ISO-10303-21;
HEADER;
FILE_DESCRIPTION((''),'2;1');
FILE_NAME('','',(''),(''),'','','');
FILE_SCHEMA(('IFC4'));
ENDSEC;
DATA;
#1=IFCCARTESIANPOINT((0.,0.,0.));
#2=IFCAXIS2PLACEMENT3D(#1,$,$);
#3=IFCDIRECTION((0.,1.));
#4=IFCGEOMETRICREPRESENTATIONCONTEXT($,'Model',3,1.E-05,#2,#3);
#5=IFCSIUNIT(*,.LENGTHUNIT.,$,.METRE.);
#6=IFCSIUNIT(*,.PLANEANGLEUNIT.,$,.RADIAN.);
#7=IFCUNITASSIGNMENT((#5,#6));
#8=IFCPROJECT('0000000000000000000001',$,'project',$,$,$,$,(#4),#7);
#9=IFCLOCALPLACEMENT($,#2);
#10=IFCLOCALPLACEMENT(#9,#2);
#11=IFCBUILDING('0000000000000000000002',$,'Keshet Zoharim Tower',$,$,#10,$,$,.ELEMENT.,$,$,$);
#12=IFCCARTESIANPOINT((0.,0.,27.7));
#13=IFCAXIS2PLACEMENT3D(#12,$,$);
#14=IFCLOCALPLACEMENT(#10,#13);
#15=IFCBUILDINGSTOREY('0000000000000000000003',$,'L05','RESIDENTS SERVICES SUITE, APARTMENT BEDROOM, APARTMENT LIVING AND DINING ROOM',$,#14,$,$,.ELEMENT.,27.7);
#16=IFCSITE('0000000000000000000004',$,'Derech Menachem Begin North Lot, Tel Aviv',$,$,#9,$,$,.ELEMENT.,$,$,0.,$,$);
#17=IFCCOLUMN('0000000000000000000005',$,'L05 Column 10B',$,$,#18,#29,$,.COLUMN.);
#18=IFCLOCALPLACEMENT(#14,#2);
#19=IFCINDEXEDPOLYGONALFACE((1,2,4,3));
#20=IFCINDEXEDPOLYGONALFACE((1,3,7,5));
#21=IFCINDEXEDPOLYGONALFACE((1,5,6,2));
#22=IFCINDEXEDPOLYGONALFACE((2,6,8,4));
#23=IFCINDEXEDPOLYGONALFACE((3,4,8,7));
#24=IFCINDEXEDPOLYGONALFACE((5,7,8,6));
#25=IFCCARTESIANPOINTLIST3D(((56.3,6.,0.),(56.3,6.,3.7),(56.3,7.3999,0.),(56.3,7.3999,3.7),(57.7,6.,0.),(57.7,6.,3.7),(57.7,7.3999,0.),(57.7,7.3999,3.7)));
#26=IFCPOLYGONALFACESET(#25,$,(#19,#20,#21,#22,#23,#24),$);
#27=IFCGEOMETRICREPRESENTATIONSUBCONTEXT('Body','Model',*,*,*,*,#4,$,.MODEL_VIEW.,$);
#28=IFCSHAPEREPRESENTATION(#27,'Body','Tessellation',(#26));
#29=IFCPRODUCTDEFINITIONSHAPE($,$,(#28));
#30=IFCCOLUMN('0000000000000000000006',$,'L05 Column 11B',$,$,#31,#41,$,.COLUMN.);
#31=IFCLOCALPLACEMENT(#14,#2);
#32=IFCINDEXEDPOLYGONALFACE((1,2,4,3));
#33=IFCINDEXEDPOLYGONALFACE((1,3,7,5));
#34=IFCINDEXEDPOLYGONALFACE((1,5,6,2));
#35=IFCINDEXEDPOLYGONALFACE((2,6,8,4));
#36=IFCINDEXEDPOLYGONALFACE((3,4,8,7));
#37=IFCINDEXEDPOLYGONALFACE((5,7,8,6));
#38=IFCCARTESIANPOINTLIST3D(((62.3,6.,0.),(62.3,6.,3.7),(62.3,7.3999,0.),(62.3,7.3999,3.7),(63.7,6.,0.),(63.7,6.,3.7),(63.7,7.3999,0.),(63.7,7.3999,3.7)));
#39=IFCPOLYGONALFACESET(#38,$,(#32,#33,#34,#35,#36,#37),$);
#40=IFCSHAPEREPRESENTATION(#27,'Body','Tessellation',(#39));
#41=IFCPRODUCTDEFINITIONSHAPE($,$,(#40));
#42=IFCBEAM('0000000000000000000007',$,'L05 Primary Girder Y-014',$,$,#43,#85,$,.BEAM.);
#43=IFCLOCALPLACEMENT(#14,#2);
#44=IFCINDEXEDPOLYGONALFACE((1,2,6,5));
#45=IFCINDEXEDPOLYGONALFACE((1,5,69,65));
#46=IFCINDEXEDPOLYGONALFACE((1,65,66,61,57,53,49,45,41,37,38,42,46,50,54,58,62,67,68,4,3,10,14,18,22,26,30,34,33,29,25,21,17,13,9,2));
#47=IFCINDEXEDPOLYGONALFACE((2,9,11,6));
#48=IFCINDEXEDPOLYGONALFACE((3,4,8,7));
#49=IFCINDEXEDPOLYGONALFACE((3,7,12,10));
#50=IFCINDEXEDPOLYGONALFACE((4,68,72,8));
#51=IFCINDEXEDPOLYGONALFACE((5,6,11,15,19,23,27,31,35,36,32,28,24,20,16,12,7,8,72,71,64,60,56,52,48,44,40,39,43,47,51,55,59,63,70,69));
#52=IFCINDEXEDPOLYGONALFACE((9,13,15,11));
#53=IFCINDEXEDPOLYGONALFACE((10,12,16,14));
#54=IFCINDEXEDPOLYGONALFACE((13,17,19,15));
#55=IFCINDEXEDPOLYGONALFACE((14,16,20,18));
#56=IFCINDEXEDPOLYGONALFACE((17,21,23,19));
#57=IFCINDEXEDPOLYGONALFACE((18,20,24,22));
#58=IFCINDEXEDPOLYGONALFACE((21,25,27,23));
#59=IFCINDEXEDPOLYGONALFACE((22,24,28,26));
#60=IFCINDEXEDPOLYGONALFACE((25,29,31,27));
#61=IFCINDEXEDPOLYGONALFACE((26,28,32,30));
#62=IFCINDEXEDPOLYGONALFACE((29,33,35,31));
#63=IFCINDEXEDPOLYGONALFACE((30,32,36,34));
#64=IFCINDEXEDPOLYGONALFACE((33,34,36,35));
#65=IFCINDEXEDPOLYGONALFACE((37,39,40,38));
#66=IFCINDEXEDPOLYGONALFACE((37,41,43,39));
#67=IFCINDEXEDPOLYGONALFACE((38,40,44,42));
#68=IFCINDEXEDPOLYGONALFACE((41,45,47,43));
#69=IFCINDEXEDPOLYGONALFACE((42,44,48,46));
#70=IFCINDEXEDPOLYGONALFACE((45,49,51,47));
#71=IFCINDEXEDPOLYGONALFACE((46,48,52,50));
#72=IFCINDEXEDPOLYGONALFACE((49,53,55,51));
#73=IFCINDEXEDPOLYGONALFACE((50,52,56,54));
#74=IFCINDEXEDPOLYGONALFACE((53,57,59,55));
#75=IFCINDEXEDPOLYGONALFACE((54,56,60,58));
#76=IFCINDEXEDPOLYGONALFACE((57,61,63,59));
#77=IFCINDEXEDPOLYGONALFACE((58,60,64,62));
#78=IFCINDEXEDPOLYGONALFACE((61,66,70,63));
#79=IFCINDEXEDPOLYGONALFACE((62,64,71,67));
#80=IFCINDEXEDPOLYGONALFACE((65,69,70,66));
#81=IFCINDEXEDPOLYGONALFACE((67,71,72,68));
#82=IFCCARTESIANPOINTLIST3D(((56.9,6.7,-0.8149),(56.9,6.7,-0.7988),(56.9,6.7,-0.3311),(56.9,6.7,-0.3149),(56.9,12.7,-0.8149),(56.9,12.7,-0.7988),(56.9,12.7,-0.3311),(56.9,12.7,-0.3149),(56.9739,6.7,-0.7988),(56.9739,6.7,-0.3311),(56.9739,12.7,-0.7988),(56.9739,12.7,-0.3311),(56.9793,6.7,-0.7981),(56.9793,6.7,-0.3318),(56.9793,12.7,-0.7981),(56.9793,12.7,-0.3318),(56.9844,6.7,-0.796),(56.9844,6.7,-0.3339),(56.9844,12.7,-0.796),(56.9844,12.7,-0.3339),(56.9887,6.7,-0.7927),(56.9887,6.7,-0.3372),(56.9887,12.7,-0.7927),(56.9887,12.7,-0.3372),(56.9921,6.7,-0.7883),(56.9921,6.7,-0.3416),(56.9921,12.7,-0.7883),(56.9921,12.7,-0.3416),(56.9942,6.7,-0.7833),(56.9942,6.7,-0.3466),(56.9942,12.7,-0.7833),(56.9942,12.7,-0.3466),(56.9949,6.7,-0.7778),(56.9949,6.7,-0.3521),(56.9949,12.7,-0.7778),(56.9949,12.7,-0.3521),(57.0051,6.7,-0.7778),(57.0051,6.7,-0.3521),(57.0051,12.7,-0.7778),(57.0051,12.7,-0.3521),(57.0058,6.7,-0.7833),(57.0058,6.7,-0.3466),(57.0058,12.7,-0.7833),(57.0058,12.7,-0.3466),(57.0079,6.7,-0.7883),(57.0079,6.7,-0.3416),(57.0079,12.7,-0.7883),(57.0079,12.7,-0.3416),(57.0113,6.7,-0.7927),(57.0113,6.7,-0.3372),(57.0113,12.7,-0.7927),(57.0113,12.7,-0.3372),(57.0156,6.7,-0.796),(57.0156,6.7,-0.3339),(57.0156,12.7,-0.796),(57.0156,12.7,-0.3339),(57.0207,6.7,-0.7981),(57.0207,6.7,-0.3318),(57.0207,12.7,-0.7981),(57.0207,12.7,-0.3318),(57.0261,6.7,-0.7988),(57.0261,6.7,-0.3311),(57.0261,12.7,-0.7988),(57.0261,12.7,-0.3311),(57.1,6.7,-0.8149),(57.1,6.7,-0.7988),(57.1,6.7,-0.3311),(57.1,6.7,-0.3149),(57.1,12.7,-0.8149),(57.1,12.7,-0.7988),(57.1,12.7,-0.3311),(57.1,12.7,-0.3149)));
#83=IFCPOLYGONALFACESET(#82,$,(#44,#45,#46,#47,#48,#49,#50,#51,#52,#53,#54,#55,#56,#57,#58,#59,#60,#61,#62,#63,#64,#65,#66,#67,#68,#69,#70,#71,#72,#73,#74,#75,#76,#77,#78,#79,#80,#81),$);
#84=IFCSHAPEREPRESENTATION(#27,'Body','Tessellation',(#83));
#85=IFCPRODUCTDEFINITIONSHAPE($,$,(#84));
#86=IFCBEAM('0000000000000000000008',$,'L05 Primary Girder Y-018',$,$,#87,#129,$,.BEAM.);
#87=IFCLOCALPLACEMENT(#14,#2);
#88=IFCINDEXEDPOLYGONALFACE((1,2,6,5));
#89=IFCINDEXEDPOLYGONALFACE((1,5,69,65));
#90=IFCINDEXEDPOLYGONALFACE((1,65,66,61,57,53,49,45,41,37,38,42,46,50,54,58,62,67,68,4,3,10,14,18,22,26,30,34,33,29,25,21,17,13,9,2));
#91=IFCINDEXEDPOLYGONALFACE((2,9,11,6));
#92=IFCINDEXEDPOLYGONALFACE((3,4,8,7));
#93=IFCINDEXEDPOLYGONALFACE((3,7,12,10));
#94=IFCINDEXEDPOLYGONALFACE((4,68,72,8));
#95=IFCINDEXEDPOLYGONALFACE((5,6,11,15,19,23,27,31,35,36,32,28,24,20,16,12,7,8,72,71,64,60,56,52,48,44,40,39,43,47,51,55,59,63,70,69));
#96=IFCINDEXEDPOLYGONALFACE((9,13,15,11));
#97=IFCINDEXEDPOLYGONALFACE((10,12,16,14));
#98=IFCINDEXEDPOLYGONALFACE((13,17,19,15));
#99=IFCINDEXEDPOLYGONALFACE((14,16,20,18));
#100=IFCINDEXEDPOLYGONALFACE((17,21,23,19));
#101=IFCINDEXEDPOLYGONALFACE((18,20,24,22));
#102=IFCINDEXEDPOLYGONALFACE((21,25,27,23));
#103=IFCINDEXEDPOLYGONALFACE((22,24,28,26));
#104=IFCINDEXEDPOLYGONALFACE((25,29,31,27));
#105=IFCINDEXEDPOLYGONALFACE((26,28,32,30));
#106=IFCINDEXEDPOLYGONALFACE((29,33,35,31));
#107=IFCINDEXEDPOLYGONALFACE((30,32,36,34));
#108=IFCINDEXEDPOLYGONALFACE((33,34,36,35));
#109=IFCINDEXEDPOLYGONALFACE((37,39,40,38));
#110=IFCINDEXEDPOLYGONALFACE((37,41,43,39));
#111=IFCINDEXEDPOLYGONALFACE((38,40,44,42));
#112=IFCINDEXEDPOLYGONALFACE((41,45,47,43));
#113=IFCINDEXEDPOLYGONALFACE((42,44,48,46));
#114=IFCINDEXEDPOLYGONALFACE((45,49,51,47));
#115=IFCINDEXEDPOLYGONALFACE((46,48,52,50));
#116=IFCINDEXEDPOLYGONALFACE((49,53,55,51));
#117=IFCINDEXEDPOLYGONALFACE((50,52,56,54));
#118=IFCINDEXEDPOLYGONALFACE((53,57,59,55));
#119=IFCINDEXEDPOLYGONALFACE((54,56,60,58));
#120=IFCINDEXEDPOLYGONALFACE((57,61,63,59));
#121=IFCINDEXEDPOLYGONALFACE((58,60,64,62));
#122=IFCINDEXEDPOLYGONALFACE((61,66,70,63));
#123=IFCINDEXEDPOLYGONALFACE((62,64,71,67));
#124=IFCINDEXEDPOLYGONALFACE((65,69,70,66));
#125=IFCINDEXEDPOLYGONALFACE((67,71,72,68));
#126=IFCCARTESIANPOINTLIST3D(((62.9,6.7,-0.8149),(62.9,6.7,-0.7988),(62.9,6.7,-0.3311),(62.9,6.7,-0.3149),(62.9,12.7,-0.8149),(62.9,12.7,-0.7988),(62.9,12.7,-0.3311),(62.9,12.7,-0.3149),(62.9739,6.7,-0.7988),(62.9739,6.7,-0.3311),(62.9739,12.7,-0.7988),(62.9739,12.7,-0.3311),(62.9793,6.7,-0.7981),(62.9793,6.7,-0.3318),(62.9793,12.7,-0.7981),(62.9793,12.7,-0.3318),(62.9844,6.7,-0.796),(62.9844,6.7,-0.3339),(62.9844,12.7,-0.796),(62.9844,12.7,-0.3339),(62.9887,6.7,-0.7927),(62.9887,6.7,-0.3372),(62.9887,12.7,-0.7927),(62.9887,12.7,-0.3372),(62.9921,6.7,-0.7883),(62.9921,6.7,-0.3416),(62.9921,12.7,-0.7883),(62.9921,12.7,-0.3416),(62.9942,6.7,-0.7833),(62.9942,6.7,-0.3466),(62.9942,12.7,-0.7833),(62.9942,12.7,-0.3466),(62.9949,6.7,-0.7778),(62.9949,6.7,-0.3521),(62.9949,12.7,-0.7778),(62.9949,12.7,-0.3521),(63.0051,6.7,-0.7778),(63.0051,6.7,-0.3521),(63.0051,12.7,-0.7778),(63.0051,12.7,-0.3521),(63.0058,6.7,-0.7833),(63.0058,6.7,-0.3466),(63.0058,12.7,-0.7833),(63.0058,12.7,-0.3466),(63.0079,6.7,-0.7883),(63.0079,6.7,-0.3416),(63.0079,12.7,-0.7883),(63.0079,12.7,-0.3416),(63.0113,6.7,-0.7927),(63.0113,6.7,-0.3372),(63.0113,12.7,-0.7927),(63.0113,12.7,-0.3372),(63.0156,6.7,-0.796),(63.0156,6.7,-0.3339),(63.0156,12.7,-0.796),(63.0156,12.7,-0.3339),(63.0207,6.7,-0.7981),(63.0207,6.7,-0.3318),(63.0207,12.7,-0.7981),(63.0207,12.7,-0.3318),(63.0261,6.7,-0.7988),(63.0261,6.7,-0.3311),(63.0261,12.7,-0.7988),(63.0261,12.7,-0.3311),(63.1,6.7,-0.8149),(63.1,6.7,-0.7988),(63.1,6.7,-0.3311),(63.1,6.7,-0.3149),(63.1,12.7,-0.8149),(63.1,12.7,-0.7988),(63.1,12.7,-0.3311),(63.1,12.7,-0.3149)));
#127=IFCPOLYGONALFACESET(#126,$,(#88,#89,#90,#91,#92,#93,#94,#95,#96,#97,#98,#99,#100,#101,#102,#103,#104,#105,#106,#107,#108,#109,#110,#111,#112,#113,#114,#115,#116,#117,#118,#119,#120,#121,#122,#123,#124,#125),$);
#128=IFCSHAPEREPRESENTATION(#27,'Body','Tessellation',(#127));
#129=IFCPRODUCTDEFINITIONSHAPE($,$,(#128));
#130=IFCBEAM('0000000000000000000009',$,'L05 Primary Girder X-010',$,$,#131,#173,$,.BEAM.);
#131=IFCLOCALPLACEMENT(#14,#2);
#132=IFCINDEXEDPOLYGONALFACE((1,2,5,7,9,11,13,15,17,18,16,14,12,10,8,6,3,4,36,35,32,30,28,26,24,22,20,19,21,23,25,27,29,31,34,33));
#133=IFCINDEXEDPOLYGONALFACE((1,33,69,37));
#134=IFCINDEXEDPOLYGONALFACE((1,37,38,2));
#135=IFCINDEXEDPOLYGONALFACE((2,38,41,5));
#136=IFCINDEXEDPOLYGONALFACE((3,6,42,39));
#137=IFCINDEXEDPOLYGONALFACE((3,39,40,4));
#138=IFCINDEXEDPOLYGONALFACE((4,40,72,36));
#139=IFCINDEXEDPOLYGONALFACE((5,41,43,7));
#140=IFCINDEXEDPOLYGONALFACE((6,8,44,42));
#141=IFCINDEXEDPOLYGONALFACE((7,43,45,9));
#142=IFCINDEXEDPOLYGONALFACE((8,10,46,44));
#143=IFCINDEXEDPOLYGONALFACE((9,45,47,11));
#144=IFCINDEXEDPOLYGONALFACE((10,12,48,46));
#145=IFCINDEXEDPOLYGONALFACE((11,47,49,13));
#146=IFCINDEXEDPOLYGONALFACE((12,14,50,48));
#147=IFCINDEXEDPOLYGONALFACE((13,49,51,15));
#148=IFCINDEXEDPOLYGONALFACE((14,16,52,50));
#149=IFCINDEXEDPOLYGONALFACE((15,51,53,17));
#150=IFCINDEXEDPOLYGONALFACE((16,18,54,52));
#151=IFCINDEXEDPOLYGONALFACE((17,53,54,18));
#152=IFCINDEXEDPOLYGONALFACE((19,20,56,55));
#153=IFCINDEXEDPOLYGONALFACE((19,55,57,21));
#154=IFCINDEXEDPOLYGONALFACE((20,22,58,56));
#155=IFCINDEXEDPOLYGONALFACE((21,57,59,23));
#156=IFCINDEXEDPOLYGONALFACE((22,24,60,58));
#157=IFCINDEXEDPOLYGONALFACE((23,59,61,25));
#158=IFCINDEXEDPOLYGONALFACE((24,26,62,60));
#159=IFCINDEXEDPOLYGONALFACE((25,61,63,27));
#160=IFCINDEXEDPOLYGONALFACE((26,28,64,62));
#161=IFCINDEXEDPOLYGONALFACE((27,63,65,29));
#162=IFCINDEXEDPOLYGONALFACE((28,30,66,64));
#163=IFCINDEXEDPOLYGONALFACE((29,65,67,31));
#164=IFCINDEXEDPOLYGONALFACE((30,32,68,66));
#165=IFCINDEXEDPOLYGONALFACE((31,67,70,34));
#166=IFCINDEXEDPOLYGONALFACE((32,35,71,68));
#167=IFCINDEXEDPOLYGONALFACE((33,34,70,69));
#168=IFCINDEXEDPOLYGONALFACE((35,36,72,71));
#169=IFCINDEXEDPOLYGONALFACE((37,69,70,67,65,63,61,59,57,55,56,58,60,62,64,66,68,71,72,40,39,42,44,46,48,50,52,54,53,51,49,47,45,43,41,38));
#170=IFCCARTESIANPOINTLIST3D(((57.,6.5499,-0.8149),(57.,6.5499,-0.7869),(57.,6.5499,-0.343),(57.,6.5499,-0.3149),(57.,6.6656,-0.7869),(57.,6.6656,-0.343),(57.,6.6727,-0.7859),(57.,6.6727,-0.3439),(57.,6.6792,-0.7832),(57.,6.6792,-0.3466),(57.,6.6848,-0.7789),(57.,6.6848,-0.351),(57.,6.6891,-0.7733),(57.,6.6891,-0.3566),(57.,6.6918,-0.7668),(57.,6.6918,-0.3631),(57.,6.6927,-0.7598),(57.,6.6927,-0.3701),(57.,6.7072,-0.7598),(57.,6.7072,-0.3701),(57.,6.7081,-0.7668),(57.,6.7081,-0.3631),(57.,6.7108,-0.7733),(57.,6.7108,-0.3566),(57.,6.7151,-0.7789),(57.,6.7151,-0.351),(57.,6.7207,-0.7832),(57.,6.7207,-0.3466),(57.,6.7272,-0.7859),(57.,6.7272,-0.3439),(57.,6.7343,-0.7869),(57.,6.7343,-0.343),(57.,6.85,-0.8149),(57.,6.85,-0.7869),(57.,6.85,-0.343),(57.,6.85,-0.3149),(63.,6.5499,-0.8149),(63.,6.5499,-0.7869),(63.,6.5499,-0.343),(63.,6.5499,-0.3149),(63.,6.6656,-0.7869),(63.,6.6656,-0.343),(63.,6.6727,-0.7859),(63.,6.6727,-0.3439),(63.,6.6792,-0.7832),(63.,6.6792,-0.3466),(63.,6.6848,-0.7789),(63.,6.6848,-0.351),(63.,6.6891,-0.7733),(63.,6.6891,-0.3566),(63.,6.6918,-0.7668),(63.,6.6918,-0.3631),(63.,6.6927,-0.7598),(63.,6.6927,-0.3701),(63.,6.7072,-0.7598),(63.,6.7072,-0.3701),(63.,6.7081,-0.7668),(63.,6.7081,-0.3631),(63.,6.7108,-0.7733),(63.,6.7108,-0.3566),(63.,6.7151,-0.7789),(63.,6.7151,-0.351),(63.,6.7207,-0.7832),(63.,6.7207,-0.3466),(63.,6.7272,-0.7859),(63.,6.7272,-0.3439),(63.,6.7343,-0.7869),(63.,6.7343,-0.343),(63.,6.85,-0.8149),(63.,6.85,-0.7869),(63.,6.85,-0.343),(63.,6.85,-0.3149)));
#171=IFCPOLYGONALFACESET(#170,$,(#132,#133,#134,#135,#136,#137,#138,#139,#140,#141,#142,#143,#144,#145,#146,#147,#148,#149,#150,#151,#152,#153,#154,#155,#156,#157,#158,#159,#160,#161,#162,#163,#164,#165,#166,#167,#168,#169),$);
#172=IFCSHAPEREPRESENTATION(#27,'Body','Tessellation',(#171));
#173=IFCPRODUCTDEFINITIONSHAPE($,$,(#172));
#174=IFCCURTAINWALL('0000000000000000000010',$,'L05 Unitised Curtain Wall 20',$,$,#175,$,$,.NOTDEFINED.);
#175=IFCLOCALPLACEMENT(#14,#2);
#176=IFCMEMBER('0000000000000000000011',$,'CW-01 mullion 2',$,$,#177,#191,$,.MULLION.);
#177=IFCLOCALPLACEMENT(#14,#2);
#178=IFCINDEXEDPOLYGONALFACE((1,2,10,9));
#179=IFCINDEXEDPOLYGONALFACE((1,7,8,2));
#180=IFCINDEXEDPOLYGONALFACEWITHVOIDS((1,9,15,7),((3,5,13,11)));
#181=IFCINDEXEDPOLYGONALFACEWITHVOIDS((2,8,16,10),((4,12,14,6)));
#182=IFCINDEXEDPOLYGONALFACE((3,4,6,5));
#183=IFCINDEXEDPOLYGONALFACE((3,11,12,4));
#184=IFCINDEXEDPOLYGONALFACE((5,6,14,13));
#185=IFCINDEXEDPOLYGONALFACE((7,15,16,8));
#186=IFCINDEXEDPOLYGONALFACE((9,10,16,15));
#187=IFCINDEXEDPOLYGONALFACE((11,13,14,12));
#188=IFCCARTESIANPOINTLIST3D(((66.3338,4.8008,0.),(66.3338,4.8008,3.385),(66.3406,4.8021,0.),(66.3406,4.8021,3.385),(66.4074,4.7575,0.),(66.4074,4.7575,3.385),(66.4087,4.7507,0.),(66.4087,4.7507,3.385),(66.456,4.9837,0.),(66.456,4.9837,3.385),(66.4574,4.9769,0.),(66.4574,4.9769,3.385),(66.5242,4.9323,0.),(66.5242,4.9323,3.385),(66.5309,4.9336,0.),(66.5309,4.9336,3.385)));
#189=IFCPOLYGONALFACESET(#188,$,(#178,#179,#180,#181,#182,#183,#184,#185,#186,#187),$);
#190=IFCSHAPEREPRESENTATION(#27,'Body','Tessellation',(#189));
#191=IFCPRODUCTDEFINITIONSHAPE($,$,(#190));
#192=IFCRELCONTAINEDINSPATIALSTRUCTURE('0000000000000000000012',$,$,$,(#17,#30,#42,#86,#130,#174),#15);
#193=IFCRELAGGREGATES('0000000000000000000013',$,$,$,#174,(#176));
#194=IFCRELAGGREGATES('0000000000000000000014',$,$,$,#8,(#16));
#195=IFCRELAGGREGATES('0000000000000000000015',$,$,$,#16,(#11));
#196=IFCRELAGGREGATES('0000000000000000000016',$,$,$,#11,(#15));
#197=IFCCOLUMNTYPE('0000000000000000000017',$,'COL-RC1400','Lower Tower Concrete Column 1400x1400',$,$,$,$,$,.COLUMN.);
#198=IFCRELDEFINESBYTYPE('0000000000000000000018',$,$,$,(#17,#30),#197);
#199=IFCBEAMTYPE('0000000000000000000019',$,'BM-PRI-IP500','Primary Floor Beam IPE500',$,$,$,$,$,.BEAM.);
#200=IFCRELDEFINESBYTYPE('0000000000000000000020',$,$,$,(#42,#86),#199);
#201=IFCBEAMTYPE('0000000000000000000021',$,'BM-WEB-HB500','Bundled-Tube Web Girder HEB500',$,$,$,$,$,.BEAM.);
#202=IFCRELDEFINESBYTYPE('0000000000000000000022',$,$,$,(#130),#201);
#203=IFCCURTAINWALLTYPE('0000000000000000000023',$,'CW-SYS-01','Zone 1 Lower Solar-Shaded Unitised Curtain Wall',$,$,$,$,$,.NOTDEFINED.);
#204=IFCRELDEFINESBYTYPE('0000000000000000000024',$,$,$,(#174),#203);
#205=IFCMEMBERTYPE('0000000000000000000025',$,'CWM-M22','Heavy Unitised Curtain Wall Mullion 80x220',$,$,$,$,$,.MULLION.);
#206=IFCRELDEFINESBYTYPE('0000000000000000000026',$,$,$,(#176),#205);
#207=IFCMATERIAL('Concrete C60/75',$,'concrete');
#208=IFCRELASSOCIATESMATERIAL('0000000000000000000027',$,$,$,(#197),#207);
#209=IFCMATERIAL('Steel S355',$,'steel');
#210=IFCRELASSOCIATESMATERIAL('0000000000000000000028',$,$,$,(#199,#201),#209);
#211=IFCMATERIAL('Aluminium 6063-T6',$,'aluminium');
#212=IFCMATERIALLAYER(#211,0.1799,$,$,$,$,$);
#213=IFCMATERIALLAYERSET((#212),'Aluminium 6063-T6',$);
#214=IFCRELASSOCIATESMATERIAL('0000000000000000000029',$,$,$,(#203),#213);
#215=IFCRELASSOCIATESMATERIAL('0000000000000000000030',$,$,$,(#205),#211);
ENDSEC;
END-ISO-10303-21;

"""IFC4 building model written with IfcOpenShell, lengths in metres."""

from ifc_helpers import new_model, si_unit, direction, frame, origin, origin_2d, place, context, subcontext, project, spatial, rectangle, hollow_rectangle, i_section, extrude, material, layer, layer_set, material_profile, profile_set, type_object, element, aggregate, save


model = new_model("IFC4")

# Units and contexts
model_context = context("Model", 3, precision=1e-05, world=origin(), true_north=direction((0.0, 1.0)))
body_context = subcontext(model_context, "Body", "Model", "MODEL_VIEW")
ifc_project = project(units=[si_unit("LENGTHUNIT", "METRE"), si_unit("PLANEANGLEUNIT", "RADIAN")], contexts=[model_context])

# Site, building, storey
site_placement = place(None, origin())
site = spatial("IfcSite", under=ifc_project, at=site_placement, Name="Derech Menachem Begin North Lot, Tel Aviv", CompositionType="ELEMENT", RefElevation=0.0)
building_placement = place(site_placement, origin())
building = spatial("IfcBuilding", under=site, at=building_placement, Name="Keshet Zoharim Tower", CompositionType="ELEMENT")
storey_placement = place(building_placement, frame((0.0, 0.0, 27.7)))
storey = spatial("IfcBuildingStorey", under=building, at=storey_placement, Name="L05", Description="RESIDENTS SERVICES SUITE, APARTMENT BEDROOM, APARTMENT LIVING AND DINING ROOM", CompositionType="ELEMENT", Elevation=27.7)

# Columns
ifc_material_1 = material(Name="Concrete C60/75", Category="concrete")
ifc_material_profile_1 = material_profile(ifc_material_1, rectangle(XDim=1.3999, YDim=1.3999, at=origin_2d()), Name="RC1400x1400")
ifc_profile_set_1 = profile_set([ifc_material_profile_1], Name="Concrete C60/75")
column_type = type_object("IfcColumnType", Name="COL-RC1400", Description="Lower Tower Concrete Column 1400x1400", PredefinedType="COLUMN", material=ifc_profile_set_1)
for number, where, z_axis, x_axis, name in (
    (1, (57.0, 6.7, 0.0), (0.0, 0.0, 1.0), (1.0, 0.0, 0.0), "L05 Column 10B"),
    (2, (63.0, 6.7, 0.0), (0.0, 0.0, 1.0), (1.0, 0.0, 0.0), "L05 Column 11B"),
):
    element("IfcColumn", number, at=place(storey_placement, frame(where, z_axis=z_axis, x_axis=x_axis)), inside=storey, type_object=column_type, Name=name, PredefinedType="COLUMN", context=body_context, shape_type="SweptSolid", body=[
        extrude(rectangle(XDim=1.3999, YDim=1.3999, at=origin_2d()), origin(), (0.0, 0.0, 1.0), 3.7),
    ])

# Beams
ifc_material_2 = material(Name="Steel S355", Category="steel")
ifc_material_profile_2 = material_profile(ifc_material_2, i_section(OverallWidth=0.2, OverallDepth=0.5, WebThickness=0.0103, FlangeThickness=0.0161, FilletRadius=0.021, at=origin_2d()), Name="IPE500")
ifc_profile_set_2 = profile_set([ifc_material_profile_2], Name="Steel S355")
beam_type_1 = type_object("IfcBeamType", Name="BM-PRI-IP500", Description="Primary Floor Beam IPE500", PredefinedType="BEAM", material=ifc_profile_set_2)
for number, where, z_axis, x_axis, name in (
    (3, (57.0, 6.7, -0.5649), (0.0, 1.0, 0.0), (-1.0, 0.0, 0.0), "L05 Primary Girder Y-014"),
    (4, (63.0, 6.7, -0.5649), (0.0, 1.0, 0.0), (-1.0, 0.0, 0.0), "L05 Primary Girder Y-018"),
):
    element("IfcBeam", number, at=place(storey_placement, frame(where, z_axis=z_axis, x_axis=x_axis)), inside=storey, type_object=beam_type_1, Name=name, PredefinedType="BEAM", context=body_context, shape_type="SweptSolid", body=[
        extrude(i_section(OverallWidth=0.2, OverallDepth=0.5, WebThickness=0.0103, FlangeThickness=0.0161, FilletRadius=0.021, at=origin_2d()), origin(), (0.0, 0.0, 1.0), 6.0),
    ])
ifc_material_profile_3 = material_profile(ifc_material_2, i_section(OverallWidth=0.3, OverallDepth=0.5, WebThickness=0.0144, FlangeThickness=0.0281, FilletRadius=0.0271, at=origin_2d()), Name="HEB500")
ifc_profile_set_3 = profile_set([ifc_material_profile_3], Name="Steel S355")
beam_type_2 = type_object("IfcBeamType", Name="BM-WEB-HB500", Description="Bundled-Tube Web Girder HEB500", PredefinedType="BEAM", material=ifc_profile_set_3)
beam_placement = place(storey_placement, frame((57.0, 6.7, -0.5649), z_axis=(1.0, 0.0, 0.0), x_axis=(0.0, 1.0, 0.0)))
element("IfcBeam", 5, at=beam_placement, inside=storey, type_object=beam_type_2, Name="L05 Primary Girder X-010", PredefinedType="BEAM", context=body_context, shape_type="SweptSolid", body=[
    extrude(i_section(OverallWidth=0.3, OverallDepth=0.5, WebThickness=0.0144, FlangeThickness=0.0281, FilletRadius=0.0271, at=origin_2d()), origin(), (0.0, 0.0, 1.0), 6.0),
])

# Curtain wall, member
ifc_material_3 = material(Name="Aluminium 6063-T6", Category="aluminium")
ifc_layer_1 = layer(ifc_material_3, 0.1799)
ifc_layer_set_1 = layer_set([ifc_layer_1], Name="Aluminium 6063-T6")
curtain_wall_type = type_object("IfcCurtainWallType", Name="CW-SYS-01", Description="Zone 1 Lower Solar-Shaded Unitised Curtain Wall", PredefinedType="NOTDEFINED", material=ifc_layer_set_1)
curtain_wall_1_placement = place(storey_placement, origin())
curtain_wall_1 = element("IfcCurtainWall", 6, at=curtain_wall_1_placement, inside=storey, type_object=curtain_wall_type, Name="L05 Unitised Curtain Wall 20", PredefinedType="NOTDEFINED")
ifc_material_profile_4 = material_profile(ifc_material_3, hollow_rectangle(XDim=0.0901, YDim=0.22, WallThickness=0.0049, at=origin_2d()), Name="MUL-90x220")
ifc_profile_set_4 = profile_set([ifc_material_profile_4], Name="Aluminium 6063-T6")
member_type_1 = type_object("IfcMemberType", Name="CWM-M22", Description="Heavy Unitised Curtain Wall Mullion 80x220", PredefinedType="MULLION", material=ifc_profile_set_4)
member_1_placement = place(storey_placement, frame((66.4324, 4.8672, 0.0), z_axis=(0.0, 0.0, 1.0), x_axis=(0.831474, -0.555563, 0.0)))
member_1 = element("IfcMember", 7, at=member_1_placement, type_object=member_type_1, Name="CW-01 mullion 2", PredefinedType="MULLION", context=body_context, shape_type="SweptSolid", body=[
    extrude(hollow_rectangle(XDim=0.0901, YDim=0.22, WallThickness=0.0049, at=origin_2d()), origin(), (0.0, 0.0, 1.0), 3.385),
])

aggregate(curtain_wall_1, [member_1])

save(model, "model.ifc")
